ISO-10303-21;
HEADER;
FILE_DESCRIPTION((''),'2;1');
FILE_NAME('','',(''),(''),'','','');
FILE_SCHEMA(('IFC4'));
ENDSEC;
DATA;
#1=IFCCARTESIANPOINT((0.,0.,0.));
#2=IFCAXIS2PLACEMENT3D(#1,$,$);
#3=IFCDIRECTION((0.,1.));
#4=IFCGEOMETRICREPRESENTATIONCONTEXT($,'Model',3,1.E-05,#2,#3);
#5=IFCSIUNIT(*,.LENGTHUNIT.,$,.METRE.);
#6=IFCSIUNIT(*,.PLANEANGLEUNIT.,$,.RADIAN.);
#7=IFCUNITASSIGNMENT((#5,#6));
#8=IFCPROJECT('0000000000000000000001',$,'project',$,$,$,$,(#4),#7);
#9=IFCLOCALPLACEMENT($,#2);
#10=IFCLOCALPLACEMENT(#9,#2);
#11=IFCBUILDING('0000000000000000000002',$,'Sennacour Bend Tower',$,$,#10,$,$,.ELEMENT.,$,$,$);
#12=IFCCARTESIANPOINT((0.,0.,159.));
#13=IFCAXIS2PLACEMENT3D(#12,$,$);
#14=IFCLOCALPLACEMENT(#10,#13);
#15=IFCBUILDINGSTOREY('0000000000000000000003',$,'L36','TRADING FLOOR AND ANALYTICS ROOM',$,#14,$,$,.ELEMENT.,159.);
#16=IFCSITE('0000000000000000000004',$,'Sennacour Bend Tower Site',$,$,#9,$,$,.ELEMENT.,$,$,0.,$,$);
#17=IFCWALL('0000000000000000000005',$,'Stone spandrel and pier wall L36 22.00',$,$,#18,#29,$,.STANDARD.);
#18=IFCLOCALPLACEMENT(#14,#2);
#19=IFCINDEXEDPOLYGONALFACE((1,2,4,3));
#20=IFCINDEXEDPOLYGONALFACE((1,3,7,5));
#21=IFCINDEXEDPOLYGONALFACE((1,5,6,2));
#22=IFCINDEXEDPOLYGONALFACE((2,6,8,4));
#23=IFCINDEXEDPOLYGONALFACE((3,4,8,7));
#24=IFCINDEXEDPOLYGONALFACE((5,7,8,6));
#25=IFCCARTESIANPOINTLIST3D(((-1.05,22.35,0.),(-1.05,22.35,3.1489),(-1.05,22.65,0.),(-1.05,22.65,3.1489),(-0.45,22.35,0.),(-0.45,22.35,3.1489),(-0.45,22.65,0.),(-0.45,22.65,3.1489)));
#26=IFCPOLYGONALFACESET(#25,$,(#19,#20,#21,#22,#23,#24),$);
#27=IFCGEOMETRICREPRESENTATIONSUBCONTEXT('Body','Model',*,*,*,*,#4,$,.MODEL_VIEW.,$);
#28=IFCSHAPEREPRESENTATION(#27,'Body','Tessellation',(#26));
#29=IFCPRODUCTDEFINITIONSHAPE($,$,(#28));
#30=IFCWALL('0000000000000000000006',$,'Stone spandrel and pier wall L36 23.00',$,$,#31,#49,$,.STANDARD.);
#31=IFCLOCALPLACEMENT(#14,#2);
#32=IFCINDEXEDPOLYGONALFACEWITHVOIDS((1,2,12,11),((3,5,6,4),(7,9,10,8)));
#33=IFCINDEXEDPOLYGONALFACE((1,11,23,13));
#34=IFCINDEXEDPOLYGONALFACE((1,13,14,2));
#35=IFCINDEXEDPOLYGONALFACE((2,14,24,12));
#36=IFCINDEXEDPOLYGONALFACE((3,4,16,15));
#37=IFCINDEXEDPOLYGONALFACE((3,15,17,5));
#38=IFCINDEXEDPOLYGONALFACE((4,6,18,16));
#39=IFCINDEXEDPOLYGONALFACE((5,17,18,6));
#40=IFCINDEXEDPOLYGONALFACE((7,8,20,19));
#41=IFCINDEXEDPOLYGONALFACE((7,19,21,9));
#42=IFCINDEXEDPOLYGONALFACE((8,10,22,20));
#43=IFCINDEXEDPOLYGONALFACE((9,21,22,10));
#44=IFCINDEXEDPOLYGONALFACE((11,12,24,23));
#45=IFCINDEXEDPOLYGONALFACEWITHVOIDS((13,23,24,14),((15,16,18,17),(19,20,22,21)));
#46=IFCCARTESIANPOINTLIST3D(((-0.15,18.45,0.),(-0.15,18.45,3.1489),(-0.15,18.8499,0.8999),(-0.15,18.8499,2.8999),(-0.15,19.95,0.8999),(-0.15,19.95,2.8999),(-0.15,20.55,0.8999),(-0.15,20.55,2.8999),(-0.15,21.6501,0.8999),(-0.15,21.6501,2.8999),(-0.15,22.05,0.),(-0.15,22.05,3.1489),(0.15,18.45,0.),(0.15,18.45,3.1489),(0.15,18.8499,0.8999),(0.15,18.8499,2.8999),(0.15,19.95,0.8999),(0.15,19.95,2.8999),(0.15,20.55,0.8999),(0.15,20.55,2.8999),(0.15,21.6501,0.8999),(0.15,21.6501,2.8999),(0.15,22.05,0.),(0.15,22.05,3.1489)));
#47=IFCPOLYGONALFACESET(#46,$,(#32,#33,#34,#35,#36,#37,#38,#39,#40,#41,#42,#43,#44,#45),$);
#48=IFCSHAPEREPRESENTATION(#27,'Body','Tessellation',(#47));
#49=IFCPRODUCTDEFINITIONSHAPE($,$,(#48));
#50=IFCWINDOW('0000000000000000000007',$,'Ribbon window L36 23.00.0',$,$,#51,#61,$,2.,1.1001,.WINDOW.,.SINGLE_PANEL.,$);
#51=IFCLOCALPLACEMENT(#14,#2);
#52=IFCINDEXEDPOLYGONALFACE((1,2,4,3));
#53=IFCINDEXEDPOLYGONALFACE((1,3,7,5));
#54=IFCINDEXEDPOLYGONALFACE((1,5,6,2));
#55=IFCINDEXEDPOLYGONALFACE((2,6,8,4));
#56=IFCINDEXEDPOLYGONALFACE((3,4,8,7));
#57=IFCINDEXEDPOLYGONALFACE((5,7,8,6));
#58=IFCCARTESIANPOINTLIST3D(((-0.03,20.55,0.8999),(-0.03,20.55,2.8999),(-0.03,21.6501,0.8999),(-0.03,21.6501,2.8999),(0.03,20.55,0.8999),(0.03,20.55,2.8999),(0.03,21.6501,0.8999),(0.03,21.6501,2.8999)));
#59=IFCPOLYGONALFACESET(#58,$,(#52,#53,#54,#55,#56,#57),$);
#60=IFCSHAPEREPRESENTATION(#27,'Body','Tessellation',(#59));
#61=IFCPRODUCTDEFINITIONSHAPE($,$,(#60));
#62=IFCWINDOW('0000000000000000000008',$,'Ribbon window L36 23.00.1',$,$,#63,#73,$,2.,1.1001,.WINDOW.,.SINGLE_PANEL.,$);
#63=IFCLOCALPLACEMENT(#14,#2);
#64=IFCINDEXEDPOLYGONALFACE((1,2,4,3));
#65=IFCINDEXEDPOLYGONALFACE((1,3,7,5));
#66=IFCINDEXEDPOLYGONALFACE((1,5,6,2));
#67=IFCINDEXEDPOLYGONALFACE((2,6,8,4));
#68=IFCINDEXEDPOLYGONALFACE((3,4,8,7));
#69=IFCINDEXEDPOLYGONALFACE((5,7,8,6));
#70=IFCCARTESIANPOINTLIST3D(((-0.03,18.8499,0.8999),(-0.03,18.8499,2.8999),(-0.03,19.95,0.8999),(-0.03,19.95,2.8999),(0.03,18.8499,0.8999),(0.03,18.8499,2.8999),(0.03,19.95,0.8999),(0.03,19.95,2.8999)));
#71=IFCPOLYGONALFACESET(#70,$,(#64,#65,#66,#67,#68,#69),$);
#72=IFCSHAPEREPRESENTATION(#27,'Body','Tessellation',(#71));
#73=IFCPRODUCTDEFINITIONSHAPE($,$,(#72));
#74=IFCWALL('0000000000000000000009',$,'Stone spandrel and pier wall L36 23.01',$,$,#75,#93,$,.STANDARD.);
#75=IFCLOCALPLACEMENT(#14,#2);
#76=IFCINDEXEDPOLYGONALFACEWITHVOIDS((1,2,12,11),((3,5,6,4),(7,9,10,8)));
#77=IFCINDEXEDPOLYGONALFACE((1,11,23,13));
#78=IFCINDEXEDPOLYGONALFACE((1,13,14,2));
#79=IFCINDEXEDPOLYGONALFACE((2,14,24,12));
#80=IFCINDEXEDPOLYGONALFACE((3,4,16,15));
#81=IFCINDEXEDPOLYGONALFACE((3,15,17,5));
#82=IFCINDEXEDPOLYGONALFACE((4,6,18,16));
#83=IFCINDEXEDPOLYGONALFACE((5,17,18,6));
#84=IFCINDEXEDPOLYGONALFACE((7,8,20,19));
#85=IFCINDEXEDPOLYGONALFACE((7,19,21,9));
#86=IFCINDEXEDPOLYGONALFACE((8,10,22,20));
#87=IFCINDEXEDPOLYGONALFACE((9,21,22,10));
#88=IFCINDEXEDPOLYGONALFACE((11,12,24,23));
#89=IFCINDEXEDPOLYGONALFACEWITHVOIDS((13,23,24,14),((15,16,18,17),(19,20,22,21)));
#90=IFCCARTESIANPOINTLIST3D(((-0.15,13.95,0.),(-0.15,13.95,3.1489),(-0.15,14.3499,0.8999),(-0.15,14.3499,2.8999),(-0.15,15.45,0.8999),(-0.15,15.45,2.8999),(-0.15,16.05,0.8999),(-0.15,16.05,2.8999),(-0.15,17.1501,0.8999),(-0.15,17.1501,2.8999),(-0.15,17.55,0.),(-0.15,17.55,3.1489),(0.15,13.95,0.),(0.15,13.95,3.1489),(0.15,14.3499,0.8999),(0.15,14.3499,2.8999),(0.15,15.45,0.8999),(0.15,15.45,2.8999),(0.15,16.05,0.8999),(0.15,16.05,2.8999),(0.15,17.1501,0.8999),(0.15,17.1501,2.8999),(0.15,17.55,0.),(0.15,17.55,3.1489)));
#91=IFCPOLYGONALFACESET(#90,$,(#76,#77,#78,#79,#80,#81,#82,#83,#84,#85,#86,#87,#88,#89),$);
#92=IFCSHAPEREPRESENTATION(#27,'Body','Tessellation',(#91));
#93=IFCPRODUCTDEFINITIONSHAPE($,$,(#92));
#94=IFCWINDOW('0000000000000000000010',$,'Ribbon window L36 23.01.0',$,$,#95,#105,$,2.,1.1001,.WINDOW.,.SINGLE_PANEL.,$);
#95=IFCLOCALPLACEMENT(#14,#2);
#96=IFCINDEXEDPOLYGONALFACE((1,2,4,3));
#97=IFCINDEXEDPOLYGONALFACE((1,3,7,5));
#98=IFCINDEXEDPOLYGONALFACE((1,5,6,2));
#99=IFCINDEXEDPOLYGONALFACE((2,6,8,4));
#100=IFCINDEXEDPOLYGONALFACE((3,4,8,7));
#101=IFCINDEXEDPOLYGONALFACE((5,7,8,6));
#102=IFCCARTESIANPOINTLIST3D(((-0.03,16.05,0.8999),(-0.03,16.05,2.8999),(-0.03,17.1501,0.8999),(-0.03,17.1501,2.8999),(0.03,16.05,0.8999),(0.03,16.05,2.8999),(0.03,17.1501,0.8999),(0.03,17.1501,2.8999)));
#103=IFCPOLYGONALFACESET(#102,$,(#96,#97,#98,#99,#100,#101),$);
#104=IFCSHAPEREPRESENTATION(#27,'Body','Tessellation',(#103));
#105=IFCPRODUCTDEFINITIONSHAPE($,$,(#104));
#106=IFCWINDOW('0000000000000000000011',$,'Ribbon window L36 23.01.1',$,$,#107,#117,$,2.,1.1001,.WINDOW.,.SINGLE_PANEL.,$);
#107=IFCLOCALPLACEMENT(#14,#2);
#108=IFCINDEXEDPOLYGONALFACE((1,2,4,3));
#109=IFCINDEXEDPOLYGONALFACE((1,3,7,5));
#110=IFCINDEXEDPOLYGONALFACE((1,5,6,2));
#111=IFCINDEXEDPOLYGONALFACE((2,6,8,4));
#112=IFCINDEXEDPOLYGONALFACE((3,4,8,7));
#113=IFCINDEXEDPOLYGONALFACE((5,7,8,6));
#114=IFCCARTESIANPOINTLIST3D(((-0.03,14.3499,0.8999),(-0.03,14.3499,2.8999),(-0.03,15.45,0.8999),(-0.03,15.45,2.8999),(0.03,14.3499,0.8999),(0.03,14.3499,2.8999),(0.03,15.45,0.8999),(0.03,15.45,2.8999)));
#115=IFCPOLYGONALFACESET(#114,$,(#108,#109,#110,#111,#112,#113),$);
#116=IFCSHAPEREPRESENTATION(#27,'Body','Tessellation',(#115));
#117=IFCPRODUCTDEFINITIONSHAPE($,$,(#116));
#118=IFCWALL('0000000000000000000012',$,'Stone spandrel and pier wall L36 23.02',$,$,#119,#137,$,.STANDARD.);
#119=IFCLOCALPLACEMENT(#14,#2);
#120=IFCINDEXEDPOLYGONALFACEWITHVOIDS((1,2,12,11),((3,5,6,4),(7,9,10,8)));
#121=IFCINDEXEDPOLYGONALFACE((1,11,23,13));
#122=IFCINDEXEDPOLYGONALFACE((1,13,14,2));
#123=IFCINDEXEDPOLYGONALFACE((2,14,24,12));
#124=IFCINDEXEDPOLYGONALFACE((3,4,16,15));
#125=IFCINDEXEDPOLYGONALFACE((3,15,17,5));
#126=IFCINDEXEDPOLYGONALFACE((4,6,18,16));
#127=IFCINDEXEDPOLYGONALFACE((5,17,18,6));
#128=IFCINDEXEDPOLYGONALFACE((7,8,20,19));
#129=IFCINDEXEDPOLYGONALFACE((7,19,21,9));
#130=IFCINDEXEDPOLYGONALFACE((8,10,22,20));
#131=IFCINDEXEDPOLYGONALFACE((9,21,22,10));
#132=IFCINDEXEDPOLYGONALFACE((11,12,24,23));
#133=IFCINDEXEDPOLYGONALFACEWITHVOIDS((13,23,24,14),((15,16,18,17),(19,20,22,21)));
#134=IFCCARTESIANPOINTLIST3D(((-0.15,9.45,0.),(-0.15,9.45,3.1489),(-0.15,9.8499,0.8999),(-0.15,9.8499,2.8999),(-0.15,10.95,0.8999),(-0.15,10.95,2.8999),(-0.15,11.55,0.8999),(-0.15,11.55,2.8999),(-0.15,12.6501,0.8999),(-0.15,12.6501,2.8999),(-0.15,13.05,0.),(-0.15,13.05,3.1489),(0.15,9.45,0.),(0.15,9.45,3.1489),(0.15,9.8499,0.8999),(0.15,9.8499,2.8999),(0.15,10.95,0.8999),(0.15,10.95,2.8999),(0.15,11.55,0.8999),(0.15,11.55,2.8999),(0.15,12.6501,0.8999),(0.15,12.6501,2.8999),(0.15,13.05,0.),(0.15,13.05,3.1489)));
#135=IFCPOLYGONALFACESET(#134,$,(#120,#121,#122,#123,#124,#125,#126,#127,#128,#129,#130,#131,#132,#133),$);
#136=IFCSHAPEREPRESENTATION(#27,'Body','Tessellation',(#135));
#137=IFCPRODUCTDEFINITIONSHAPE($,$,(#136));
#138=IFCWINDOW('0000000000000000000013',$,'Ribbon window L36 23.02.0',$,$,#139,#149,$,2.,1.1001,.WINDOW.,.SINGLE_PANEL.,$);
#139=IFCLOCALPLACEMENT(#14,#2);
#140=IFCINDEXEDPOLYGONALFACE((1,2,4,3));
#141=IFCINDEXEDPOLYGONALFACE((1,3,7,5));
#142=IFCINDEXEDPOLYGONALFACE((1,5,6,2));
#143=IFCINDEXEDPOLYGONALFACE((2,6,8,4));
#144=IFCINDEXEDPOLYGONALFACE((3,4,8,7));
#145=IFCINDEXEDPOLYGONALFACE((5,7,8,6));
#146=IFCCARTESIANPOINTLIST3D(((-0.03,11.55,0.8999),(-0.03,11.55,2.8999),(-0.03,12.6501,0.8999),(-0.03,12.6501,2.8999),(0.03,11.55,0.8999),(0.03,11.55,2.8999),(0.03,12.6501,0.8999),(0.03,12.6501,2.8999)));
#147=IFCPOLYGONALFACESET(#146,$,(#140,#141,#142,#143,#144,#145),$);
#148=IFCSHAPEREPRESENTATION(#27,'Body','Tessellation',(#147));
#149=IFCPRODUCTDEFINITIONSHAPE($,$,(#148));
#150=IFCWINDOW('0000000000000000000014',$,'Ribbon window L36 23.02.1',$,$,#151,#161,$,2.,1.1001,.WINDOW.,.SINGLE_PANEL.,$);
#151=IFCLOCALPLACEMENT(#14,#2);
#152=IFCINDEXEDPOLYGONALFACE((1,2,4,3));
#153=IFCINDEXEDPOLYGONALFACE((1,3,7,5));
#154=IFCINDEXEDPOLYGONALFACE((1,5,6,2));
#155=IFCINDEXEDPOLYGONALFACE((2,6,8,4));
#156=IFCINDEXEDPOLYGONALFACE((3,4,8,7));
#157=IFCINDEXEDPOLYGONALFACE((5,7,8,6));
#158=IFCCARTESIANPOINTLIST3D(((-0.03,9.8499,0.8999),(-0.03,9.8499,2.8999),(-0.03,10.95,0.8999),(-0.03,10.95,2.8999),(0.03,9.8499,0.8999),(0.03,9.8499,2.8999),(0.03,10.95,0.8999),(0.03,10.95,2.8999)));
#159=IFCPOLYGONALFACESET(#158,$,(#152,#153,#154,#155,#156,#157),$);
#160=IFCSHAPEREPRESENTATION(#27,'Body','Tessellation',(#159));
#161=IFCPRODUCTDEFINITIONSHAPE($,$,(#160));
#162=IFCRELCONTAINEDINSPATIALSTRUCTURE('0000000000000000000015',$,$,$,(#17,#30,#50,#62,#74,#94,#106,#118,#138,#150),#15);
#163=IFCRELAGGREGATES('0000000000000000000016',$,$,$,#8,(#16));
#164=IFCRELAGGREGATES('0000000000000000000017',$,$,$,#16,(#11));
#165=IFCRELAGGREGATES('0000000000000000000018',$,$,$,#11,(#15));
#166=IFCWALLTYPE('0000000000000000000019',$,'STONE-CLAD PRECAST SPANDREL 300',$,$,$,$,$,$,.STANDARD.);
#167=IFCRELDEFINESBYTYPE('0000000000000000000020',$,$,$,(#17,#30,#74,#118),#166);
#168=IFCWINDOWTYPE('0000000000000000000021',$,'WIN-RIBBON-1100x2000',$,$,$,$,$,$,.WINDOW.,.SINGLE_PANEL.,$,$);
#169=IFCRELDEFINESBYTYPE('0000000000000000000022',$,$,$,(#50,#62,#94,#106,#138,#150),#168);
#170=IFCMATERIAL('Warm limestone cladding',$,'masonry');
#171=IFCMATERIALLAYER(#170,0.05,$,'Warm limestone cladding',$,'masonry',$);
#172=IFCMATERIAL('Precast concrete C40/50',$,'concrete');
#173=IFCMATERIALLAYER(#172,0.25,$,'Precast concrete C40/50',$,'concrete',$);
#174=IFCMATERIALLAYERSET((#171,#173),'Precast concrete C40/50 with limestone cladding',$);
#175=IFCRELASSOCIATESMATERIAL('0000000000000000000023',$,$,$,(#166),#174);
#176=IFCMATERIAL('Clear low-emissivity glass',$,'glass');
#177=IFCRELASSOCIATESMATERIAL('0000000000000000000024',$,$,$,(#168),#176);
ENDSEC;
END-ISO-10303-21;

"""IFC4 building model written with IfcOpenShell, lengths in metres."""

from ifc_helpers import new_model, si_unit, direction, frame, frame_2d, origin, place, context, subcontext, project, spatial, rectangle, extrude, material, layer, layer_set, type_object, element, fill, save


model = new_model("IFC4")

# Units and contexts
model_context = context("Model", 3, precision=1e-05, world=origin(), true_north=direction((0.0, 1.0)))
body_context = subcontext(model_context, "Body", "Model", "MODEL_VIEW")
ifc_project = project(units=[si_unit("LENGTHUNIT", "METRE"), si_unit("PLANEANGLEUNIT", "RADIAN")], contexts=[model_context])

# Site, building, storey
site_placement = place(None, origin())
site = spatial("IfcSite", under=ifc_project, at=site_placement, Name="Sennacour Bend Tower Site", CompositionType="ELEMENT", RefElevation=0.0)
building_placement = place(site_placement, origin())
building = spatial("IfcBuilding", under=site, at=building_placement, Name="Sennacour Bend Tower", CompositionType="ELEMENT")
storey_placement = place(building_placement, frame((0.0, 0.0, 159.0)))
storey = spatial("IfcBuildingStorey", under=building, at=storey_placement, Name="L36", Description="TRADING FLOOR AND ANALYTICS ROOM", CompositionType="ELEMENT", Elevation=159.0)

# Wall
ifc_material_1 = material(Name="Warm limestone cladding", Category="masonry")
ifc_layer_1 = layer(ifc_material_1, 0.05, Name="Warm limestone cladding", Category="masonry")
ifc_material_2 = material(Name="Precast concrete C40/50", Category="concrete")
ifc_layer_2 = layer(ifc_material_2, 0.25, Name="Precast concrete C40/50", Category="concrete")
ifc_layer_set = layer_set([ifc_layer_1, ifc_layer_2], Name="Precast concrete C40/50 with limestone cladding")
wall_type = type_object("IfcWallType", Name="STONE-CLAD PRECAST SPANDREL 300", PredefinedType="STANDARD", material=ifc_layer_set)
wall_1_placement = place(storey_placement, frame((-1.05, 22.5, 0.0), z_axis=(0.0, 0.0, 1.0), x_axis=(1.0, 0.0, 0.0)))
element("IfcWall", 1, at=wall_1_placement, inside=storey, type_object=wall_type, Name="Stone spandrel and pier wall L36 22.00", PredefinedType="STANDARD", context=body_context, shape_type="SweptSolid", body=[
    extrude(rectangle(XDim=0.6001, YDim=0.3, at=frame_2d((0.3, 0.0))), origin(), (0.0, 0.0, 1.0), 3.1489),
])

# Walls, openings, windows
wall_2_placement = place(storey_placement, frame((0.0, 22.05, 0.0), z_axis=(0.0, 0.0, 1.0), x_axis=(0.0, -1.0, 0.0)))
wall_2 = element("IfcWall", 2, at=wall_2_placement, inside=storey, type_object=wall_type, Name="Stone spandrel and pier wall L36 23.00", PredefinedType="STANDARD", context=body_context, shape_type="SweptSolid", body=[
    extrude(rectangle(XDim=3.6001, YDim=0.3, at=frame_2d((1.8, 0.0))), origin(), (0.0, 0.0, 1.0), 3.1489),
])
opening_1_placement = place(wall_2_placement, frame((0.3999, 0.0, 0.8999)))
opening_1 = element("IfcOpeningElement", 3, at=opening_1_placement, cuts=wall_2, PredefinedType="OPENING", context=body_context, shape_type="SweptSolid", body=[
    extrude(rectangle(XDim=1.1001, YDim=2.0, at=frame_2d((0.55, 1.0))), frame((0.0, 0.1602, 0.0), z_axis=(0.0, -1.0, 0.0), x_axis=(1.0, 0.0, 0.0)), (0.0, 0.0, 1.0), 0.3201),
])
opening_2_placement = place(wall_2_placement, frame((2.1001, 0.0, 0.8999)))
opening_2 = element("IfcOpeningElement", 4, at=opening_2_placement, cuts=wall_2, PredefinedType="OPENING", context=body_context, shape_type="SweptSolid", body=[
    extrude(rectangle(XDim=1.1001, YDim=2.0, at=frame_2d((0.55, 1.0))), frame((0.0, 0.1602, 0.0), z_axis=(0.0, -1.0, 0.0), x_axis=(1.0, 0.0, 0.0)), (0.0, 0.0, 1.0), 0.3201),
])
ifc_material_3 = material(Name="Clear low-emissivity glass", Category="glass")
window_type = type_object("IfcWindowType", Name="WIN-RIBBON-1100x2000", PartitioningType="SINGLE_PANEL", PredefinedType="WINDOW", material=ifc_material_3)
window_1_placement = place(opening_1_placement, origin())
window_1 = element("IfcWindow", 5, at=window_1_placement, inside=storey, type_object=window_type, Name="Ribbon window L36 23.00.0", OverallHeight=2.0, OverallWidth=1.1001, PartitioningType="SINGLE_PANEL", PredefinedType="WINDOW", context=body_context, shape_type="SweptSolid", body=[
    extrude(rectangle(XDim=1.1001, YDim=2.0, at=frame_2d((0.55, 1.0))), frame((0.0, 0.03, 0.0), z_axis=(0.0, -1.0, 0.0), x_axis=(1.0, 0.0, 0.0)), (0.0, 0.0, 1.0), 0.0601),
])
fill(opening_1, window_1)
window_2_placement = place(opening_2_placement, origin())
window_2 = element("IfcWindow", 6, at=window_2_placement, inside=storey, type_object=window_type, Name="Ribbon window L36 23.00.1", OverallHeight=2.0, OverallWidth=1.1001, PartitioningType="SINGLE_PANEL", PredefinedType="WINDOW", context=body_context, shape_type="SweptSolid", body=[
    extrude(rectangle(XDim=1.1001, YDim=2.0, at=frame_2d((0.55, 1.0))), frame((0.0, 0.03, 0.0), z_axis=(0.0, -1.0, 0.0), x_axis=(1.0, 0.0, 0.0)), (0.0, 0.0, 1.0), 0.0601),
])
fill(opening_2, window_2)
wall_3_placement = place(storey_placement, frame((0.0, 17.55, 0.0), z_axis=(0.0, 0.0, 1.0), x_axis=(0.0, -1.0, 0.0)))
wall_3 = element("IfcWall", 7, at=wall_3_placement, inside=storey, type_object=wall_type, Name="Stone spandrel and pier wall L36 23.01", PredefinedType="STANDARD", context=body_context, shape_type="SweptSolid", body=[
    extrude(rectangle(XDim=3.6001, YDim=0.3, at=frame_2d((1.8, 0.0))), origin(), (0.0, 0.0, 1.0), 3.1489),
])
opening_3_placement = place(wall_3_placement, frame((0.3999, 0.0, 0.8999)))
opening_3 = element("IfcOpeningElement", 8, at=opening_3_placement, cuts=wall_3, PredefinedType="OPENING", context=body_context, shape_type="SweptSolid", body=[
    extrude(rectangle(XDim=1.1001, YDim=2.0, at=frame_2d((0.55, 1.0))), frame((0.0, 0.1602, 0.0), z_axis=(0.0, -1.0, 0.0), x_axis=(1.0, 0.0, 0.0)), (0.0, 0.0, 1.0), 0.3201),
])
opening_4_placement = place(wall_3_placement, frame((2.1001, 0.0, 0.8999)))
opening_4 = element("IfcOpeningElement", 9, at=opening_4_placement, cuts=wall_3, PredefinedType="OPENING", context=body_context, shape_type="SweptSolid", body=[
    extrude(rectangle(XDim=1.1001, YDim=2.0, at=frame_2d((0.55, 1.0))), frame((0.0, 0.1602, 0.0), z_axis=(0.0, -1.0, 0.0), x_axis=(1.0, 0.0, 0.0)), (0.0, 0.0, 1.0), 0.3201),
])
window_3_placement = place(opening_3_placement, origin())
window_3 = element("IfcWindow", 10, at=window_3_placement, inside=storey, type_object=window_type, Name="Ribbon window L36 23.01.0", OverallHeight=2.0, OverallWidth=1.1001, PartitioningType="SINGLE_PANEL", PredefinedType="WINDOW", context=body_context, shape_type="SweptSolid", body=[
    extrude(rectangle(XDim=1.1001, YDim=2.0, at=frame_2d((0.55, 1.0))), frame((0.0, 0.03, 0.0), z_axis=(0.0, -1.0, 0.0), x_axis=(1.0, 0.0, 0.0)), (0.0, 0.0, 1.0), 0.0601),
])
fill(opening_3, window_3)
window_4_placement = place(opening_4_placement, origin())
window_4 = element("IfcWindow", 11, at=window_4_placement, inside=storey, type_object=window_type, Name="Ribbon window L36 23.01.1", OverallHeight=2.0, OverallWidth=1.1001, PartitioningType="SINGLE_PANEL", PredefinedType="WINDOW", context=body_context, shape_type="SweptSolid", body=[
    extrude(rectangle(XDim=1.1001, YDim=2.0, at=frame_2d((0.55, 1.0))), frame((0.0, 0.03, 0.0), z_axis=(0.0, -1.0, 0.0), x_axis=(1.0, 0.0, 0.0)), (0.0, 0.0, 1.0), 0.0601),
])
fill(opening_4, window_4)
wall_4_placement = place(storey_placement, frame((0.0, 13.05, 0.0), z_axis=(0.0, 0.0, 1.0), x_axis=(0.0, -1.0, 0.0)))
wall_4 = element("IfcWall", 12, at=wall_4_placement, inside=storey, type_object=wall_type, Name="Stone spandrel and pier wall L36 23.02", PredefinedType="STANDARD", context=body_context, shape_type="SweptSolid", body=[
    extrude(rectangle(XDim=3.6001, YDim=0.3, at=frame_2d((1.8, 0.0))), origin(), (0.0, 0.0, 1.0), 3.1489),
])
opening_5_placement = place(wall_4_placement, frame((0.3999, 0.0, 0.8999)))
opening_5 = element("IfcOpeningElement", 13, at=opening_5_placement, cuts=wall_4, PredefinedType="OPENING", context=body_context, shape_type="SweptSolid", body=[
    extrude(rectangle(XDim=1.1001, YDim=2.0, at=frame_2d((0.55, 1.0))), frame((0.0, 0.1602, 0.0), z_axis=(0.0, -1.0, 0.0), x_axis=(1.0, 0.0, 0.0)), (0.0, 0.0, 1.0), 0.3201),
])
opening_6_placement = place(wall_4_placement, frame((2.1001, 0.0, 0.8999)))
opening_6 = element("IfcOpeningElement", 14, at=opening_6_placement, cuts=wall_4, PredefinedType="OPENING", context=body_context, shape_type="SweptSolid", body=[
    extrude(rectangle(XDim=1.1001, YDim=2.0, at=frame_2d((0.55, 1.0))), frame((0.0, 0.1602, 0.0), z_axis=(0.0, -1.0, 0.0), x_axis=(1.0, 0.0, 0.0)), (0.0, 0.0, 1.0), 0.3201),
])
window_5_placement = place(opening_5_placement, origin())
window_5 = element("IfcWindow", 15, at=window_5_placement, inside=storey, type_object=window_type, Name="Ribbon window L36 23.02.0", OverallHeight=2.0, OverallWidth=1.1001, PartitioningType="SINGLE_PANEL", PredefinedType="WINDOW", context=body_context, shape_type="SweptSolid", body=[
    extrude(rectangle(XDim=1.1001, YDim=2.0, at=frame_2d((0.55, 1.0))), frame((0.0, 0.03, 0.0), z_axis=(0.0, -1.0, 0.0), x_axis=(1.0, 0.0, 0.0)), (0.0, 0.0, 1.0), 0.0601),
])
fill(opening_5, window_5)
window_6_placement = place(opening_6_placement, origin())
window_6 = element("IfcWindow", 16, at=window_6_placement, inside=storey, type_object=window_type, Name="Ribbon window L36 23.02.1", OverallHeight=2.0, OverallWidth=1.1001, PartitioningType="SINGLE_PANEL", PredefinedType="WINDOW", context=body_context, shape_type="SweptSolid", body=[
    extrude(rectangle(XDim=1.1001, YDim=2.0, at=frame_2d((0.55, 1.0))), frame((0.0, 0.03, 0.0), z_axis=(0.0, -1.0, 0.0), x_axis=(1.0, 0.0, 0.0)), (0.0, 0.0, 1.0), 0.0601),
])
fill(opening_6, window_6)

save(model, "model.ifc")
